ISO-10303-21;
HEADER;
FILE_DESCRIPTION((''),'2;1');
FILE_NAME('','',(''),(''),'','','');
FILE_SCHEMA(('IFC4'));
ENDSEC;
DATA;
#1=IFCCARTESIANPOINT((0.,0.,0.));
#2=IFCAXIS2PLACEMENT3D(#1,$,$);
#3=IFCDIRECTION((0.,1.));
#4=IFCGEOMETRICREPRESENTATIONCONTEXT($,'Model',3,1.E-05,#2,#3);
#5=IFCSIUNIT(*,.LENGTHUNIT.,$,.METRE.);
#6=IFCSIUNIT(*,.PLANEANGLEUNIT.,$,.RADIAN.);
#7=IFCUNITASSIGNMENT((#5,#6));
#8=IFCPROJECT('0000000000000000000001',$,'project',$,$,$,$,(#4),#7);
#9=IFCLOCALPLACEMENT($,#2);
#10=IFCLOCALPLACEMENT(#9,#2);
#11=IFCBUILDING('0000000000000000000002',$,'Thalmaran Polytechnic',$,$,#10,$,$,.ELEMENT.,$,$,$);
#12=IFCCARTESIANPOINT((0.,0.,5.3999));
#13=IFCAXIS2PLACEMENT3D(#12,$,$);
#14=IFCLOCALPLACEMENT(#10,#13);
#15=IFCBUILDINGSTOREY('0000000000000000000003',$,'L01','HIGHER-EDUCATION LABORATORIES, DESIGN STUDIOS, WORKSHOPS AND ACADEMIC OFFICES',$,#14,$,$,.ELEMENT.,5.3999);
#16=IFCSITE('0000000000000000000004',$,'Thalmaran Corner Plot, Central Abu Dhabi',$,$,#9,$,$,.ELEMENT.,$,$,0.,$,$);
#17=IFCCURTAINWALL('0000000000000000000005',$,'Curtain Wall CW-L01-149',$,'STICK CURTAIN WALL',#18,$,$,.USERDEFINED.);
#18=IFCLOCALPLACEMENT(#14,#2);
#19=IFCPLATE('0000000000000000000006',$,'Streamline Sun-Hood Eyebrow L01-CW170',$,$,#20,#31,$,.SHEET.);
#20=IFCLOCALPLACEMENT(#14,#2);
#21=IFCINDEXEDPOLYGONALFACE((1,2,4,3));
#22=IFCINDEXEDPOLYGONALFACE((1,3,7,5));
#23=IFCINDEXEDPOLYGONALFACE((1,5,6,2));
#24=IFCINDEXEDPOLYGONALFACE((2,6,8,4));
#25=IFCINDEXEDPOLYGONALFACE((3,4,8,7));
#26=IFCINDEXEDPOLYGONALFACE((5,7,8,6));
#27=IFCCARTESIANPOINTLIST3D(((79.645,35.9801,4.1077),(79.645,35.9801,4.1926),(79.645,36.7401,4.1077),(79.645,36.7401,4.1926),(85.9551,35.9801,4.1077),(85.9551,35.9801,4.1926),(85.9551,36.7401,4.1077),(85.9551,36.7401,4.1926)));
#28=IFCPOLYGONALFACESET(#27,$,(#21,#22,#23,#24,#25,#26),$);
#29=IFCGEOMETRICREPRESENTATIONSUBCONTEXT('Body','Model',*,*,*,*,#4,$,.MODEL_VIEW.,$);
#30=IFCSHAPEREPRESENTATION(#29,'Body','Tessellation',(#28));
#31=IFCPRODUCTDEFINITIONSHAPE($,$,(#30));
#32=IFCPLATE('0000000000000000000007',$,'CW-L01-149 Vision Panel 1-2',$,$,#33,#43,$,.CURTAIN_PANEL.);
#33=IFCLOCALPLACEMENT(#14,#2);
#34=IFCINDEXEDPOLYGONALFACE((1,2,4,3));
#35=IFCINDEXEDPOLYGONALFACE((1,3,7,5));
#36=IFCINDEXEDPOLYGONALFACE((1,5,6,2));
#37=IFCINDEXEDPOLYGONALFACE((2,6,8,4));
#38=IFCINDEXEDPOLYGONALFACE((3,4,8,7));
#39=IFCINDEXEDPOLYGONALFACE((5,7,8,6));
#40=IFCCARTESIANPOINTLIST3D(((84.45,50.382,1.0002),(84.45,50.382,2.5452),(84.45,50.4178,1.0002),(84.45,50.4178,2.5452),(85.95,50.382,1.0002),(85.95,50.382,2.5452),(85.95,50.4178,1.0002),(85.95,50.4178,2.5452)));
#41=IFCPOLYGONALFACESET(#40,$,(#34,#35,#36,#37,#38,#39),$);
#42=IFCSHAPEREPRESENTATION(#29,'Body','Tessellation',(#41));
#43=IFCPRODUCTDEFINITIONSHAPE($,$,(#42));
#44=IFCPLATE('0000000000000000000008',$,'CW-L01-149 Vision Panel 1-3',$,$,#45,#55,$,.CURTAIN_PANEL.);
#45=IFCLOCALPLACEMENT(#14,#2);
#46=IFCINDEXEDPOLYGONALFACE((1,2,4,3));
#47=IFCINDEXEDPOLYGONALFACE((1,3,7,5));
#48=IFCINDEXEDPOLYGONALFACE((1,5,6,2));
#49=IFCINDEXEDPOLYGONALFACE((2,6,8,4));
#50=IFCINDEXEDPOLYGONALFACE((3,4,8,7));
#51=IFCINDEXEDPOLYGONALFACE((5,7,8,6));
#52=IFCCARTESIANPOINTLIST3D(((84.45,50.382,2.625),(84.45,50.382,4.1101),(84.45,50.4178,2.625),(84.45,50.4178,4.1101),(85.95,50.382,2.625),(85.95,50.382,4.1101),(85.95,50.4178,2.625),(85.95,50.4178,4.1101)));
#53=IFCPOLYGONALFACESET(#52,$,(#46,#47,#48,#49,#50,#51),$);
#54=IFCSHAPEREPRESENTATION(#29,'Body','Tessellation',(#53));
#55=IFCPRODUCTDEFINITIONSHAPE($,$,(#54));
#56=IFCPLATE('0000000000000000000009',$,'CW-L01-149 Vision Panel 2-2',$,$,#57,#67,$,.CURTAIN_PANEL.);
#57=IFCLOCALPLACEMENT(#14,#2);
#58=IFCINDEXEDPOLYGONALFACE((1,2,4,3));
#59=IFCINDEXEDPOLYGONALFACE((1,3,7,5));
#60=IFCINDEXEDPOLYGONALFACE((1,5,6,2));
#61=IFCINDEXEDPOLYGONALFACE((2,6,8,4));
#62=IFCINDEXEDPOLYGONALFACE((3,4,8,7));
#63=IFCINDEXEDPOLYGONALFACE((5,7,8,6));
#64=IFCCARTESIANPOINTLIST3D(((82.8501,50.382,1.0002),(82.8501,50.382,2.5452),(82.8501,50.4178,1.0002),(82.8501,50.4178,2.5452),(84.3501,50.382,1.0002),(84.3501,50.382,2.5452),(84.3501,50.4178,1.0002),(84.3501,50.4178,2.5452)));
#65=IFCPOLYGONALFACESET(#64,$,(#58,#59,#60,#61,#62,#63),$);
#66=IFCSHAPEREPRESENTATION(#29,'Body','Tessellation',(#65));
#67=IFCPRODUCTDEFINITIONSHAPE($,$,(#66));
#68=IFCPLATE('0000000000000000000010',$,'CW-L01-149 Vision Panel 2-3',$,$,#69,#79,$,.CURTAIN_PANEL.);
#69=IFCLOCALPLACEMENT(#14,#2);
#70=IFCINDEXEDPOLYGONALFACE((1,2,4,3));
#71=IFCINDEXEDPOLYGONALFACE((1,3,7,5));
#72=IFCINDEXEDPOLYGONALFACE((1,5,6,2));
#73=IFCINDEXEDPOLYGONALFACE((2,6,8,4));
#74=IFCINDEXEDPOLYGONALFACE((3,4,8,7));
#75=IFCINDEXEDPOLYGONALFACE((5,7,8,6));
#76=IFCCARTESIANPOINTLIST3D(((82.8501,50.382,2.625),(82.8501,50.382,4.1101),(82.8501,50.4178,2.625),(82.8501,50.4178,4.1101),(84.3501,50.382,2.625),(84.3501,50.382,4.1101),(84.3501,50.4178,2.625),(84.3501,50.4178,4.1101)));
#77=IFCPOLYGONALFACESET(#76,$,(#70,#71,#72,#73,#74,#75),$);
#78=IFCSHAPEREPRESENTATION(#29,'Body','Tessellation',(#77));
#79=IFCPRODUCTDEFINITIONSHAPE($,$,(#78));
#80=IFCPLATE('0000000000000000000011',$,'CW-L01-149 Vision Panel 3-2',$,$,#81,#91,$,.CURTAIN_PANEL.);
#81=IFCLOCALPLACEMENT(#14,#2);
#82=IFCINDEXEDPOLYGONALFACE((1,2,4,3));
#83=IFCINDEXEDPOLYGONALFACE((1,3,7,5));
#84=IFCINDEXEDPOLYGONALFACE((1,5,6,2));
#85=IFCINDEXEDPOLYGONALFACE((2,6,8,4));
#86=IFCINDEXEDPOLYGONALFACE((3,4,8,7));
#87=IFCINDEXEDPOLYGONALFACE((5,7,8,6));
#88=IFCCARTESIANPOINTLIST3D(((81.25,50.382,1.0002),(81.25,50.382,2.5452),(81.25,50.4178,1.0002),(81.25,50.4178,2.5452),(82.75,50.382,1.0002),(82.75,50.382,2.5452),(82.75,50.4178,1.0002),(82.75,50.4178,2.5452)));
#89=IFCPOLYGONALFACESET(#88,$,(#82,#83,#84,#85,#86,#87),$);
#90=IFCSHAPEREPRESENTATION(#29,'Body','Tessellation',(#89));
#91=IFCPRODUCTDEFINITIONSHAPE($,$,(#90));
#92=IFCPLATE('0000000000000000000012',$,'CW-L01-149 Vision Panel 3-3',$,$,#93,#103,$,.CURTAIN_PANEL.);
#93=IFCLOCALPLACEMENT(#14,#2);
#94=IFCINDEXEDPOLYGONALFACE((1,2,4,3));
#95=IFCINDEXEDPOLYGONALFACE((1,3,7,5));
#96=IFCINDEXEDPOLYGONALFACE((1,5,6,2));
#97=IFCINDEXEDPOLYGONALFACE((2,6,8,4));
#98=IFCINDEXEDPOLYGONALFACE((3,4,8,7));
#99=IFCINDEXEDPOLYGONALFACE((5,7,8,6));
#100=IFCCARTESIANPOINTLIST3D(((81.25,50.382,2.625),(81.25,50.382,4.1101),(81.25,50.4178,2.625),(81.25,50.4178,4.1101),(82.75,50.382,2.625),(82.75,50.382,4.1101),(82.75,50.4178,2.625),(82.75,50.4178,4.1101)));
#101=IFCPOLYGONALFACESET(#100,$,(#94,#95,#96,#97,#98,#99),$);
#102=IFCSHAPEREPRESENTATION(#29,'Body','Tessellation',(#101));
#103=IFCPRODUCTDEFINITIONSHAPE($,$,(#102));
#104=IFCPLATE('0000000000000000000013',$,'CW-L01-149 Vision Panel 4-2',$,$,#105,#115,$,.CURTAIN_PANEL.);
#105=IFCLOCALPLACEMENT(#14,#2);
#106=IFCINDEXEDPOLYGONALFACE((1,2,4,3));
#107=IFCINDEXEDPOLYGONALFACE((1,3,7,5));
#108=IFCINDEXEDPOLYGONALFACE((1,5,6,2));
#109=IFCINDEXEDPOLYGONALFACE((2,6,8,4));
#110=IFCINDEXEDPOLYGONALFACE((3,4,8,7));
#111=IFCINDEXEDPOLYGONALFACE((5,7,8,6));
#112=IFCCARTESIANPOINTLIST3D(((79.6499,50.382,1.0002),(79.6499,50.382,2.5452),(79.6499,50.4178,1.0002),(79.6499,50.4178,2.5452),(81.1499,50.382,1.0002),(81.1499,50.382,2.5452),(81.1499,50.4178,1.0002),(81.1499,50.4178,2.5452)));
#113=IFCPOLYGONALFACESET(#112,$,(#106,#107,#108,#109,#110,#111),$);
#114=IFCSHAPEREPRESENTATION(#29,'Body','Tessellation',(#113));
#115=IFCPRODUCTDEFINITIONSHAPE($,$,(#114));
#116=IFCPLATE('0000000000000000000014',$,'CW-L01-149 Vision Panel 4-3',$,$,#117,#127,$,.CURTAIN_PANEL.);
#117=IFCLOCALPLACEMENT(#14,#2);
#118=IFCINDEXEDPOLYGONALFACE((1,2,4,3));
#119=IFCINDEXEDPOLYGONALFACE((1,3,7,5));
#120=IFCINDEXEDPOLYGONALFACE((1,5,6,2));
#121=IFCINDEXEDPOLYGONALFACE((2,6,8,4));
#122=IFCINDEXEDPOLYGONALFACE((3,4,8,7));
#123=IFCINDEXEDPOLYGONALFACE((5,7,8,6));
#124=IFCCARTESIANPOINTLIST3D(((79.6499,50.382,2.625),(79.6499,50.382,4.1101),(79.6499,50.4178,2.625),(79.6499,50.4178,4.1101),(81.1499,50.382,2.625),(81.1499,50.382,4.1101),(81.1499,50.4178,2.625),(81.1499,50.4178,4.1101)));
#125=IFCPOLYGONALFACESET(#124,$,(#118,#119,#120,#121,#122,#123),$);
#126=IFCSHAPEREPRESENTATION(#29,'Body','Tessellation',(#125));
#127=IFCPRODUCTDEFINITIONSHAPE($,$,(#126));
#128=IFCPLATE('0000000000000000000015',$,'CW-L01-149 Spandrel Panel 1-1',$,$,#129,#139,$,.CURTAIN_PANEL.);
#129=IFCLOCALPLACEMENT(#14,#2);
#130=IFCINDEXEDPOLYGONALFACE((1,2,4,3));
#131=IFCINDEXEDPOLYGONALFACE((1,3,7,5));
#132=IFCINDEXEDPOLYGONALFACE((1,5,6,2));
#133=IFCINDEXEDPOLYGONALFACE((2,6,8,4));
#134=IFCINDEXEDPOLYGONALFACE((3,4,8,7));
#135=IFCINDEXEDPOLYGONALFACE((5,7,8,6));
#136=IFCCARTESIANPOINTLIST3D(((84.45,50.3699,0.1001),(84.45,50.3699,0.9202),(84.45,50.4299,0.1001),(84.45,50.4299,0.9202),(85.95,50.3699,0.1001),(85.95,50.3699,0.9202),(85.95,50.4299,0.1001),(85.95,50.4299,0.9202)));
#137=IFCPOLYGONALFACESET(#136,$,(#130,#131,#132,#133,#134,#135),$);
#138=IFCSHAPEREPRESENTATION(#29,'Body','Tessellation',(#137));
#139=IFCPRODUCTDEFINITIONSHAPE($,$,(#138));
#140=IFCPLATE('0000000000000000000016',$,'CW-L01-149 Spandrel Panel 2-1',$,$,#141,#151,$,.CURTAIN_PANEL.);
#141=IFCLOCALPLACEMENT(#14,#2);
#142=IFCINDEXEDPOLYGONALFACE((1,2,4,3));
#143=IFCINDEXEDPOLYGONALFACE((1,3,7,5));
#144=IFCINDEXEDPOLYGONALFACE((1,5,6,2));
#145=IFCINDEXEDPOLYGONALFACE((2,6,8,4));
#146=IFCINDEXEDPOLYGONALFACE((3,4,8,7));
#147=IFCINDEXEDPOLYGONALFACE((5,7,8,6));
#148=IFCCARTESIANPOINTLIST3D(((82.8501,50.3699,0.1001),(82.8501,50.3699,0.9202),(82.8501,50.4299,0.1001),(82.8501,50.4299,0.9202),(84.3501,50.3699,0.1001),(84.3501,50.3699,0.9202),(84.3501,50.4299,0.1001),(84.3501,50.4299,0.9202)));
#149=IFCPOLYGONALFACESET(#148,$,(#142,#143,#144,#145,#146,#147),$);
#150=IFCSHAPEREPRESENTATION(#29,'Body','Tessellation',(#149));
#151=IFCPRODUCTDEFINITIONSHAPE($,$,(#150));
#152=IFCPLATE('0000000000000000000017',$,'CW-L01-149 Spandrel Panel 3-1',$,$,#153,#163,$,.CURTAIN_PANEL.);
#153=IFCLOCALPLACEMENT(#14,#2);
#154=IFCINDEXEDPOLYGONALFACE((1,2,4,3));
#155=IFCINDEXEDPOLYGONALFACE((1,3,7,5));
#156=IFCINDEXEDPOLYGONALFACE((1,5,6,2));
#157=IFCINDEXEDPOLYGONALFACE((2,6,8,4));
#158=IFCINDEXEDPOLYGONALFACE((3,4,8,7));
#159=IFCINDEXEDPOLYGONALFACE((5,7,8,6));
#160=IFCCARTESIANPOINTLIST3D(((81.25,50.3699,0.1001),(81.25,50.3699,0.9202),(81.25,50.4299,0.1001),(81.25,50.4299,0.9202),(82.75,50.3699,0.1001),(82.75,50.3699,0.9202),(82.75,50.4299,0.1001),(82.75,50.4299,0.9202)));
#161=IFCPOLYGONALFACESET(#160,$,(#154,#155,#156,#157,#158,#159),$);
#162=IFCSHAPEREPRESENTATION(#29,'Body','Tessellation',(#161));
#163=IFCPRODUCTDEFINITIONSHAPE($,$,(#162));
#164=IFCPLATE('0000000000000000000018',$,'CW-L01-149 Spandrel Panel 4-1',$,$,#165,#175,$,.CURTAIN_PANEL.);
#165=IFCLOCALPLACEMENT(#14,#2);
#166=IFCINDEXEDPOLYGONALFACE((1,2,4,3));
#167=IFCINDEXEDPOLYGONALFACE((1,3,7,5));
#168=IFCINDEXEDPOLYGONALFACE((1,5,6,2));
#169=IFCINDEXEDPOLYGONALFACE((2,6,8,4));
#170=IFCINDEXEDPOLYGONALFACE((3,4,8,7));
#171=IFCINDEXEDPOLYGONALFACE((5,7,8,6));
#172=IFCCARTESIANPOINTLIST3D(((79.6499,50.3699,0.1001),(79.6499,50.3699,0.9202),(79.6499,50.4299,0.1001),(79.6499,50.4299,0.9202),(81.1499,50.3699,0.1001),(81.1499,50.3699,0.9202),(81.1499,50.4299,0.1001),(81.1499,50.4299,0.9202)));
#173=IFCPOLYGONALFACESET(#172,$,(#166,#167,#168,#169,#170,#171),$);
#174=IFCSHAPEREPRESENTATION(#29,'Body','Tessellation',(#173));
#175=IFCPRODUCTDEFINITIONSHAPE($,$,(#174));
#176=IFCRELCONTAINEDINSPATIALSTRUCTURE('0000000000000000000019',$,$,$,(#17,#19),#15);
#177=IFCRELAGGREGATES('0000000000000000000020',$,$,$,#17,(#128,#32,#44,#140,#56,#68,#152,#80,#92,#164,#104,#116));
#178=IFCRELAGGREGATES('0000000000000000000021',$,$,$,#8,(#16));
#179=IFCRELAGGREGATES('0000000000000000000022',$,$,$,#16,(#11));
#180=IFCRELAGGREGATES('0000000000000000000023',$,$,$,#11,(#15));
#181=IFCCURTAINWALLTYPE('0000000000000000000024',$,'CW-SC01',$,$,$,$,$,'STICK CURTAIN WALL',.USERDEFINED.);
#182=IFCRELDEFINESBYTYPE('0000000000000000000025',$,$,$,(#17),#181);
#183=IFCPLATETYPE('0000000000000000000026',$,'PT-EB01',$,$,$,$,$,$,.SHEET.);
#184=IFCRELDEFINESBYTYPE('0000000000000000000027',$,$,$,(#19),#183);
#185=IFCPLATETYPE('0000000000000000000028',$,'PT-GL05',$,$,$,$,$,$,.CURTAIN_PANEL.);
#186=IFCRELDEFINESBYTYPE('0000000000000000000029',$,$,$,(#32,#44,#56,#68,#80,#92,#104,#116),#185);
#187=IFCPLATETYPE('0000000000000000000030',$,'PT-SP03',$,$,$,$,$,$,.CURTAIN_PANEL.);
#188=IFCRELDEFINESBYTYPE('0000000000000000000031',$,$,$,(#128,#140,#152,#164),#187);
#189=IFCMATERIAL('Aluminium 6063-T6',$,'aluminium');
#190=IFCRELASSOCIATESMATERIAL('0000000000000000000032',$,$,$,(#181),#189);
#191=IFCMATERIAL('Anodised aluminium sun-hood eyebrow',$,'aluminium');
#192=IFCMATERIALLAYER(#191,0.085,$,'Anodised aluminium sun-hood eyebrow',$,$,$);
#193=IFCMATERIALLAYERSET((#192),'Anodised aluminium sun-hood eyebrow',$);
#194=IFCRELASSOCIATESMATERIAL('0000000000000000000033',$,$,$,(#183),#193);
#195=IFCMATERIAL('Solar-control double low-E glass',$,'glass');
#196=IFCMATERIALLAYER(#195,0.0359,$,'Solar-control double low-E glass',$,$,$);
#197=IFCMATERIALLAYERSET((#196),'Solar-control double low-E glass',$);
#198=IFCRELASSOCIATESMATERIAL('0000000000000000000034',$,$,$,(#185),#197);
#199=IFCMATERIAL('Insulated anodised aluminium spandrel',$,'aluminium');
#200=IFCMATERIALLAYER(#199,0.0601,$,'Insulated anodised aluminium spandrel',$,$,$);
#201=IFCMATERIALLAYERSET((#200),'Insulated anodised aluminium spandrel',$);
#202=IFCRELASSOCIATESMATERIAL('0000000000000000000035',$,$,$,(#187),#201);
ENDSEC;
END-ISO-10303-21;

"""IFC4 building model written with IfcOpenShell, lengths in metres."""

from ifc_helpers import new_model, si_unit, direction, frame, origin, origin_2d, place, context, subcontext, project, spatial, rectangle, extrude, material, layer, layer_set, type_object, element, aggregate, save


model = new_model("IFC4")

# Units and contexts
model_context = context("Model", 3, precision=1e-05, world=origin(), true_north=direction((0.0, 1.0)))
body_context = subcontext(model_context, "Body", "Model", "MODEL_VIEW")
ifc_project = project(units=[si_unit("LENGTHUNIT", "METRE"), si_unit("PLANEANGLEUNIT", "RADIAN")], contexts=[model_context])

# Site, building, storey
site_placement = place(None, origin())
site = spatial("IfcSite", under=ifc_project, at=site_placement, Name="Thalmaran Corner Plot, Central Abu Dhabi", CompositionType="ELEMENT", RefElevation=0.0)
building_placement = place(site_placement, origin())
building = spatial("IfcBuilding", under=site, at=building_placement, Name="Thalmaran Polytechnic", CompositionType="ELEMENT")
storey_placement = place(building_placement, frame((0.0, 0.0, 5.3999)))
storey = spatial("IfcBuildingStorey", under=building, at=storey_placement, Name="L01", Description="HIGHER-EDUCATION LABORATORIES, DESIGN STUDIOS, WORKSHOPS AND ACADEMIC OFFICES", CompositionType="ELEMENT", Elevation=5.3999)

# Curtain wall
ifc_material_1 = material(Name="Aluminium 6063-T6", Category="aluminium")
curtain_wall_type = type_object("IfcCurtainWallType", Name="CW-SC01", ElementType="STICK CURTAIN WALL", PredefinedType="USERDEFINED", material=ifc_material_1)
curtain_wall_placement = place(storey_placement, origin())
curtain_wall = element("IfcCurtainWall", 1, at=curtain_wall_placement, inside=storey, type_object=curtain_wall_type, Name="Curtain Wall CW-L01-149", ObjectType="STICK CURTAIN WALL", PredefinedType="USERDEFINED")

# Plate
ifc_material_2 = material(Name="Anodised aluminium sun-hood eyebrow", Category="aluminium")
ifc_layer_1 = layer(ifc_material_2, 0.085, Name="Anodised aluminium sun-hood eyebrow")
ifc_layer_set_1 = layer_set([ifc_layer_1], Name="Anodised aluminium sun-hood eyebrow")
plate_type_1 = type_object("IfcPlateType", Name="PT-EB01", PredefinedType="SHEET", material=ifc_layer_set_1)
plate_1_placement = place(storey_placement, frame((82.8, 36.3601, 4.1077), z_axis=(0.0, 0.0, 1.0), x_axis=(1.0, 0.0, 0.0)))
element("IfcPlate", 2, at=plate_1_placement, inside=storey, type_object=plate_type_1, Name="Streamline Sun-Hood Eyebrow L01-CW170", PredefinedType="SHEET", context=body_context, shape_type="SweptSolid", body=[
    extrude(rectangle(XDim=6.3101, YDim=0.76, at=origin_2d()), origin(), (0.0, 0.0, 1.0), 0.085),
])

# Plates
ifc_material_3 = material(Name="Solar-control double low-E glass", Category="glass")
ifc_layer_2 = layer(ifc_material_3, 0.0359, Name="Solar-control double low-E glass")
ifc_layer_set_2 = layer_set([ifc_layer_2], Name="Solar-control double low-E glass")
plate_type_2 = type_object("IfcPlateType", Name="PT-GL05", PredefinedType="CURTAIN_PANEL", material=ifc_layer_set_2)
plate_2_placement = place(storey_placement, frame((85.2, 50.3999, 1.0002), z_axis=(0.0, 0.0, 1.0), x_axis=(-1.0, 0.0, 0.0)))
plate_2 = element("IfcPlate", 3, at=plate_2_placement, type_object=plate_type_2, Name="CW-L01-149 Vision Panel 1-2", PredefinedType="CURTAIN_PANEL", context=body_context, shape_type="SweptSolid", body=[
    extrude(rectangle(XDim=1.5, YDim=0.0359, at=origin_2d()), origin(), (0.0, 0.0, 1.0), 1.5449),
])
plate_3_placement = place(storey_placement, frame((85.2, 50.3999, 2.625), z_axis=(0.0, 0.0, 1.0), x_axis=(-1.0, 0.0, 0.0)))
plate_3 = element("IfcPlate", 4, at=plate_3_placement, type_object=plate_type_2, Name="CW-L01-149 Vision Panel 1-3", PredefinedType="CURTAIN_PANEL", context=body_context, shape_type="SweptSolid", body=[
    extrude(rectangle(XDim=1.5, YDim=0.0359, at=origin_2d()), origin(), (0.0, 0.0, 1.0), 1.4851),
])
plate_4_placement = place(storey_placement, frame((83.6001, 50.3999, 1.0002), z_axis=(0.0, 0.0, 1.0), x_axis=(-1.0, 0.0, 0.0)))
plate_4 = element("IfcPlate", 5, at=plate_4_placement, type_object=plate_type_2, Name="CW-L01-149 Vision Panel 2-2", PredefinedType="CURTAIN_PANEL", context=body_context, shape_type="SweptSolid", body=[
    extrude(rectangle(XDim=1.5, YDim=0.0359, at=origin_2d()), origin(), (0.0, 0.0, 1.0), 1.5449),
])
plate_5_placement = place(storey_placement, frame((83.6001, 50.3999, 2.625), z_axis=(0.0, 0.0, 1.0), x_axis=(-1.0, 0.0, 0.0)))
plate_5 = element("IfcPlate", 6, at=plate_5_placement, type_object=plate_type_2, Name="CW-L01-149 Vision Panel 2-3", PredefinedType="CURTAIN_PANEL", context=body_context, shape_type="SweptSolid", body=[
    extrude(rectangle(XDim=1.5, YDim=0.0359, at=origin_2d()), origin(), (0.0, 0.0, 1.0), 1.4851),
])
plate_6_placement = place(storey_placement, frame((82.0, 50.3999, 1.0002), z_axis=(0.0, 0.0, 1.0), x_axis=(-1.0, 0.0, 0.0)))
plate_6 = element("IfcPlate", 7, at=plate_6_placement, type_object=plate_type_2, Name="CW-L01-149 Vision Panel 3-2", PredefinedType="CURTAIN_PANEL", context=body_context, shape_type="SweptSolid", body=[
    extrude(rectangle(XDim=1.5, YDim=0.0359, at=origin_2d()), origin(), (0.0, 0.0, 1.0), 1.5449),
])
plate_7_placement = place(storey_placement, frame((82.0, 50.3999, 2.625), z_axis=(0.0, 0.0, 1.0), x_axis=(-1.0, 0.0, 0.0)))
plate_7 = element("IfcPlate", 8, at=plate_7_placement, type_object=plate_type_2, Name="CW-L01-149 Vision Panel 3-3", PredefinedType="CURTAIN_PANEL", context=body_context, shape_type="SweptSolid", body=[
    extrude(rectangle(XDim=1.5, YDim=0.0359, at=origin_2d()), origin(), (0.0, 0.0, 1.0), 1.4851),
])
plate_8_placement = place(storey_placement, frame((80.3999, 50.3999, 1.0002), z_axis=(0.0, 0.0, 1.0), x_axis=(-1.0, 0.0, 0.0)))
plate_8 = element("IfcPlate", 9, at=plate_8_placement, type_object=plate_type_2, Name="CW-L01-149 Vision Panel 4-2", PredefinedType="CURTAIN_PANEL", context=body_context, shape_type="SweptSolid", body=[
    extrude(rectangle(XDim=1.5, YDim=0.0359, at=origin_2d()), origin(), (0.0, 0.0, 1.0), 1.5449),
])
plate_9_placement = place(storey_placement, frame((80.3999, 50.3999, 2.625), z_axis=(0.0, 0.0, 1.0), x_axis=(-1.0, 0.0, 0.0)))
plate_9 = element("IfcPlate", 10, at=plate_9_placement, type_object=plate_type_2, Name="CW-L01-149 Vision Panel 4-3", PredefinedType="CURTAIN_PANEL", context=body_context, shape_type="SweptSolid", body=[
    extrude(rectangle(XDim=1.5, YDim=0.0359, at=origin_2d()), origin(), (0.0, 0.0, 1.0), 1.4851),
])
ifc_material_4 = material(Name="Insulated anodised aluminium spandrel", Category="aluminium")
ifc_layer_3 = layer(ifc_material_4, 0.0601, Name="Insulated anodised aluminium spandrel")
ifc_layer_set_3 = layer_set([ifc_layer_3], Name="Insulated anodised aluminium spandrel")
plate_type_3 = type_object("IfcPlateType", Name="PT-SP03", PredefinedType="CURTAIN_PANEL", material=ifc_layer_set_3)
plate_10_placement = place(storey_placement, frame((85.2, 50.3999, 0.1001), z_axis=(0.0, 0.0, 1.0), x_axis=(-1.0, 0.0, 0.0)))
plate_10 = element("IfcPlate", 11, at=plate_10_placement, type_object=plate_type_3, Name="CW-L01-149 Spandrel Panel 1-1", PredefinedType="CURTAIN_PANEL", context=body_context, shape_type="SweptSolid", body=[
    extrude(rectangle(XDim=1.5, YDim=0.0601, at=origin_2d()), origin(), (0.0, 0.0, 1.0), 0.8201),
])
plate_11_placement = place(storey_placement, frame((83.6001, 50.3999, 0.1001), z_axis=(0.0, 0.0, 1.0), x_axis=(-1.0, 0.0, 0.0)))
plate_11 = element("IfcPlate", 12, at=plate_11_placement, type_object=plate_type_3, Name="CW-L01-149 Spandrel Panel 2-1", PredefinedType="CURTAIN_PANEL", context=body_context, shape_type="SweptSolid", body=[
    extrude(rectangle(XDim=1.5, YDim=0.0601, at=origin_2d()), origin(), (0.0, 0.0, 1.0), 0.8201),
])
plate_12_placement = place(storey_placement, frame((82.0, 50.3999, 0.1001), z_axis=(0.0, 0.0, 1.0), x_axis=(-1.0, 0.0, 0.0)))
plate_12 = element("IfcPlate", 13, at=plate_12_placement, type_object=plate_type_3, Name="CW-L01-149 Spandrel Panel 3-1", PredefinedType="CURTAIN_PANEL", context=body_context, shape_type="SweptSolid", body=[
    extrude(rectangle(XDim=1.5, YDim=0.0601, at=origin_2d()), origin(), (0.0, 0.0, 1.0), 0.8201),
])
plate_13_placement = place(storey_placement, frame((80.3999, 50.3999, 0.1001), z_axis=(0.0, 0.0, 1.0), x_axis=(-1.0, 0.0, 0.0)))
plate_13 = element("IfcPlate", 14, at=plate_13_placement, type_object=plate_type_3, Name="CW-L01-149 Spandrel Panel 4-1", PredefinedType="CURTAIN_PANEL", context=body_context, shape_type="SweptSolid", body=[
    extrude(rectangle(XDim=1.5, YDim=0.0601, at=origin_2d()), origin(), (0.0, 0.0, 1.0), 0.8201),
])
aggregate(curtain_wall, [plate_10, plate_2, plate_3, plate_11, plate_4, plate_5, plate_12, plate_6, plate_7, plate_13, plate_8, plate_9])

save(model, "model.ifc")
